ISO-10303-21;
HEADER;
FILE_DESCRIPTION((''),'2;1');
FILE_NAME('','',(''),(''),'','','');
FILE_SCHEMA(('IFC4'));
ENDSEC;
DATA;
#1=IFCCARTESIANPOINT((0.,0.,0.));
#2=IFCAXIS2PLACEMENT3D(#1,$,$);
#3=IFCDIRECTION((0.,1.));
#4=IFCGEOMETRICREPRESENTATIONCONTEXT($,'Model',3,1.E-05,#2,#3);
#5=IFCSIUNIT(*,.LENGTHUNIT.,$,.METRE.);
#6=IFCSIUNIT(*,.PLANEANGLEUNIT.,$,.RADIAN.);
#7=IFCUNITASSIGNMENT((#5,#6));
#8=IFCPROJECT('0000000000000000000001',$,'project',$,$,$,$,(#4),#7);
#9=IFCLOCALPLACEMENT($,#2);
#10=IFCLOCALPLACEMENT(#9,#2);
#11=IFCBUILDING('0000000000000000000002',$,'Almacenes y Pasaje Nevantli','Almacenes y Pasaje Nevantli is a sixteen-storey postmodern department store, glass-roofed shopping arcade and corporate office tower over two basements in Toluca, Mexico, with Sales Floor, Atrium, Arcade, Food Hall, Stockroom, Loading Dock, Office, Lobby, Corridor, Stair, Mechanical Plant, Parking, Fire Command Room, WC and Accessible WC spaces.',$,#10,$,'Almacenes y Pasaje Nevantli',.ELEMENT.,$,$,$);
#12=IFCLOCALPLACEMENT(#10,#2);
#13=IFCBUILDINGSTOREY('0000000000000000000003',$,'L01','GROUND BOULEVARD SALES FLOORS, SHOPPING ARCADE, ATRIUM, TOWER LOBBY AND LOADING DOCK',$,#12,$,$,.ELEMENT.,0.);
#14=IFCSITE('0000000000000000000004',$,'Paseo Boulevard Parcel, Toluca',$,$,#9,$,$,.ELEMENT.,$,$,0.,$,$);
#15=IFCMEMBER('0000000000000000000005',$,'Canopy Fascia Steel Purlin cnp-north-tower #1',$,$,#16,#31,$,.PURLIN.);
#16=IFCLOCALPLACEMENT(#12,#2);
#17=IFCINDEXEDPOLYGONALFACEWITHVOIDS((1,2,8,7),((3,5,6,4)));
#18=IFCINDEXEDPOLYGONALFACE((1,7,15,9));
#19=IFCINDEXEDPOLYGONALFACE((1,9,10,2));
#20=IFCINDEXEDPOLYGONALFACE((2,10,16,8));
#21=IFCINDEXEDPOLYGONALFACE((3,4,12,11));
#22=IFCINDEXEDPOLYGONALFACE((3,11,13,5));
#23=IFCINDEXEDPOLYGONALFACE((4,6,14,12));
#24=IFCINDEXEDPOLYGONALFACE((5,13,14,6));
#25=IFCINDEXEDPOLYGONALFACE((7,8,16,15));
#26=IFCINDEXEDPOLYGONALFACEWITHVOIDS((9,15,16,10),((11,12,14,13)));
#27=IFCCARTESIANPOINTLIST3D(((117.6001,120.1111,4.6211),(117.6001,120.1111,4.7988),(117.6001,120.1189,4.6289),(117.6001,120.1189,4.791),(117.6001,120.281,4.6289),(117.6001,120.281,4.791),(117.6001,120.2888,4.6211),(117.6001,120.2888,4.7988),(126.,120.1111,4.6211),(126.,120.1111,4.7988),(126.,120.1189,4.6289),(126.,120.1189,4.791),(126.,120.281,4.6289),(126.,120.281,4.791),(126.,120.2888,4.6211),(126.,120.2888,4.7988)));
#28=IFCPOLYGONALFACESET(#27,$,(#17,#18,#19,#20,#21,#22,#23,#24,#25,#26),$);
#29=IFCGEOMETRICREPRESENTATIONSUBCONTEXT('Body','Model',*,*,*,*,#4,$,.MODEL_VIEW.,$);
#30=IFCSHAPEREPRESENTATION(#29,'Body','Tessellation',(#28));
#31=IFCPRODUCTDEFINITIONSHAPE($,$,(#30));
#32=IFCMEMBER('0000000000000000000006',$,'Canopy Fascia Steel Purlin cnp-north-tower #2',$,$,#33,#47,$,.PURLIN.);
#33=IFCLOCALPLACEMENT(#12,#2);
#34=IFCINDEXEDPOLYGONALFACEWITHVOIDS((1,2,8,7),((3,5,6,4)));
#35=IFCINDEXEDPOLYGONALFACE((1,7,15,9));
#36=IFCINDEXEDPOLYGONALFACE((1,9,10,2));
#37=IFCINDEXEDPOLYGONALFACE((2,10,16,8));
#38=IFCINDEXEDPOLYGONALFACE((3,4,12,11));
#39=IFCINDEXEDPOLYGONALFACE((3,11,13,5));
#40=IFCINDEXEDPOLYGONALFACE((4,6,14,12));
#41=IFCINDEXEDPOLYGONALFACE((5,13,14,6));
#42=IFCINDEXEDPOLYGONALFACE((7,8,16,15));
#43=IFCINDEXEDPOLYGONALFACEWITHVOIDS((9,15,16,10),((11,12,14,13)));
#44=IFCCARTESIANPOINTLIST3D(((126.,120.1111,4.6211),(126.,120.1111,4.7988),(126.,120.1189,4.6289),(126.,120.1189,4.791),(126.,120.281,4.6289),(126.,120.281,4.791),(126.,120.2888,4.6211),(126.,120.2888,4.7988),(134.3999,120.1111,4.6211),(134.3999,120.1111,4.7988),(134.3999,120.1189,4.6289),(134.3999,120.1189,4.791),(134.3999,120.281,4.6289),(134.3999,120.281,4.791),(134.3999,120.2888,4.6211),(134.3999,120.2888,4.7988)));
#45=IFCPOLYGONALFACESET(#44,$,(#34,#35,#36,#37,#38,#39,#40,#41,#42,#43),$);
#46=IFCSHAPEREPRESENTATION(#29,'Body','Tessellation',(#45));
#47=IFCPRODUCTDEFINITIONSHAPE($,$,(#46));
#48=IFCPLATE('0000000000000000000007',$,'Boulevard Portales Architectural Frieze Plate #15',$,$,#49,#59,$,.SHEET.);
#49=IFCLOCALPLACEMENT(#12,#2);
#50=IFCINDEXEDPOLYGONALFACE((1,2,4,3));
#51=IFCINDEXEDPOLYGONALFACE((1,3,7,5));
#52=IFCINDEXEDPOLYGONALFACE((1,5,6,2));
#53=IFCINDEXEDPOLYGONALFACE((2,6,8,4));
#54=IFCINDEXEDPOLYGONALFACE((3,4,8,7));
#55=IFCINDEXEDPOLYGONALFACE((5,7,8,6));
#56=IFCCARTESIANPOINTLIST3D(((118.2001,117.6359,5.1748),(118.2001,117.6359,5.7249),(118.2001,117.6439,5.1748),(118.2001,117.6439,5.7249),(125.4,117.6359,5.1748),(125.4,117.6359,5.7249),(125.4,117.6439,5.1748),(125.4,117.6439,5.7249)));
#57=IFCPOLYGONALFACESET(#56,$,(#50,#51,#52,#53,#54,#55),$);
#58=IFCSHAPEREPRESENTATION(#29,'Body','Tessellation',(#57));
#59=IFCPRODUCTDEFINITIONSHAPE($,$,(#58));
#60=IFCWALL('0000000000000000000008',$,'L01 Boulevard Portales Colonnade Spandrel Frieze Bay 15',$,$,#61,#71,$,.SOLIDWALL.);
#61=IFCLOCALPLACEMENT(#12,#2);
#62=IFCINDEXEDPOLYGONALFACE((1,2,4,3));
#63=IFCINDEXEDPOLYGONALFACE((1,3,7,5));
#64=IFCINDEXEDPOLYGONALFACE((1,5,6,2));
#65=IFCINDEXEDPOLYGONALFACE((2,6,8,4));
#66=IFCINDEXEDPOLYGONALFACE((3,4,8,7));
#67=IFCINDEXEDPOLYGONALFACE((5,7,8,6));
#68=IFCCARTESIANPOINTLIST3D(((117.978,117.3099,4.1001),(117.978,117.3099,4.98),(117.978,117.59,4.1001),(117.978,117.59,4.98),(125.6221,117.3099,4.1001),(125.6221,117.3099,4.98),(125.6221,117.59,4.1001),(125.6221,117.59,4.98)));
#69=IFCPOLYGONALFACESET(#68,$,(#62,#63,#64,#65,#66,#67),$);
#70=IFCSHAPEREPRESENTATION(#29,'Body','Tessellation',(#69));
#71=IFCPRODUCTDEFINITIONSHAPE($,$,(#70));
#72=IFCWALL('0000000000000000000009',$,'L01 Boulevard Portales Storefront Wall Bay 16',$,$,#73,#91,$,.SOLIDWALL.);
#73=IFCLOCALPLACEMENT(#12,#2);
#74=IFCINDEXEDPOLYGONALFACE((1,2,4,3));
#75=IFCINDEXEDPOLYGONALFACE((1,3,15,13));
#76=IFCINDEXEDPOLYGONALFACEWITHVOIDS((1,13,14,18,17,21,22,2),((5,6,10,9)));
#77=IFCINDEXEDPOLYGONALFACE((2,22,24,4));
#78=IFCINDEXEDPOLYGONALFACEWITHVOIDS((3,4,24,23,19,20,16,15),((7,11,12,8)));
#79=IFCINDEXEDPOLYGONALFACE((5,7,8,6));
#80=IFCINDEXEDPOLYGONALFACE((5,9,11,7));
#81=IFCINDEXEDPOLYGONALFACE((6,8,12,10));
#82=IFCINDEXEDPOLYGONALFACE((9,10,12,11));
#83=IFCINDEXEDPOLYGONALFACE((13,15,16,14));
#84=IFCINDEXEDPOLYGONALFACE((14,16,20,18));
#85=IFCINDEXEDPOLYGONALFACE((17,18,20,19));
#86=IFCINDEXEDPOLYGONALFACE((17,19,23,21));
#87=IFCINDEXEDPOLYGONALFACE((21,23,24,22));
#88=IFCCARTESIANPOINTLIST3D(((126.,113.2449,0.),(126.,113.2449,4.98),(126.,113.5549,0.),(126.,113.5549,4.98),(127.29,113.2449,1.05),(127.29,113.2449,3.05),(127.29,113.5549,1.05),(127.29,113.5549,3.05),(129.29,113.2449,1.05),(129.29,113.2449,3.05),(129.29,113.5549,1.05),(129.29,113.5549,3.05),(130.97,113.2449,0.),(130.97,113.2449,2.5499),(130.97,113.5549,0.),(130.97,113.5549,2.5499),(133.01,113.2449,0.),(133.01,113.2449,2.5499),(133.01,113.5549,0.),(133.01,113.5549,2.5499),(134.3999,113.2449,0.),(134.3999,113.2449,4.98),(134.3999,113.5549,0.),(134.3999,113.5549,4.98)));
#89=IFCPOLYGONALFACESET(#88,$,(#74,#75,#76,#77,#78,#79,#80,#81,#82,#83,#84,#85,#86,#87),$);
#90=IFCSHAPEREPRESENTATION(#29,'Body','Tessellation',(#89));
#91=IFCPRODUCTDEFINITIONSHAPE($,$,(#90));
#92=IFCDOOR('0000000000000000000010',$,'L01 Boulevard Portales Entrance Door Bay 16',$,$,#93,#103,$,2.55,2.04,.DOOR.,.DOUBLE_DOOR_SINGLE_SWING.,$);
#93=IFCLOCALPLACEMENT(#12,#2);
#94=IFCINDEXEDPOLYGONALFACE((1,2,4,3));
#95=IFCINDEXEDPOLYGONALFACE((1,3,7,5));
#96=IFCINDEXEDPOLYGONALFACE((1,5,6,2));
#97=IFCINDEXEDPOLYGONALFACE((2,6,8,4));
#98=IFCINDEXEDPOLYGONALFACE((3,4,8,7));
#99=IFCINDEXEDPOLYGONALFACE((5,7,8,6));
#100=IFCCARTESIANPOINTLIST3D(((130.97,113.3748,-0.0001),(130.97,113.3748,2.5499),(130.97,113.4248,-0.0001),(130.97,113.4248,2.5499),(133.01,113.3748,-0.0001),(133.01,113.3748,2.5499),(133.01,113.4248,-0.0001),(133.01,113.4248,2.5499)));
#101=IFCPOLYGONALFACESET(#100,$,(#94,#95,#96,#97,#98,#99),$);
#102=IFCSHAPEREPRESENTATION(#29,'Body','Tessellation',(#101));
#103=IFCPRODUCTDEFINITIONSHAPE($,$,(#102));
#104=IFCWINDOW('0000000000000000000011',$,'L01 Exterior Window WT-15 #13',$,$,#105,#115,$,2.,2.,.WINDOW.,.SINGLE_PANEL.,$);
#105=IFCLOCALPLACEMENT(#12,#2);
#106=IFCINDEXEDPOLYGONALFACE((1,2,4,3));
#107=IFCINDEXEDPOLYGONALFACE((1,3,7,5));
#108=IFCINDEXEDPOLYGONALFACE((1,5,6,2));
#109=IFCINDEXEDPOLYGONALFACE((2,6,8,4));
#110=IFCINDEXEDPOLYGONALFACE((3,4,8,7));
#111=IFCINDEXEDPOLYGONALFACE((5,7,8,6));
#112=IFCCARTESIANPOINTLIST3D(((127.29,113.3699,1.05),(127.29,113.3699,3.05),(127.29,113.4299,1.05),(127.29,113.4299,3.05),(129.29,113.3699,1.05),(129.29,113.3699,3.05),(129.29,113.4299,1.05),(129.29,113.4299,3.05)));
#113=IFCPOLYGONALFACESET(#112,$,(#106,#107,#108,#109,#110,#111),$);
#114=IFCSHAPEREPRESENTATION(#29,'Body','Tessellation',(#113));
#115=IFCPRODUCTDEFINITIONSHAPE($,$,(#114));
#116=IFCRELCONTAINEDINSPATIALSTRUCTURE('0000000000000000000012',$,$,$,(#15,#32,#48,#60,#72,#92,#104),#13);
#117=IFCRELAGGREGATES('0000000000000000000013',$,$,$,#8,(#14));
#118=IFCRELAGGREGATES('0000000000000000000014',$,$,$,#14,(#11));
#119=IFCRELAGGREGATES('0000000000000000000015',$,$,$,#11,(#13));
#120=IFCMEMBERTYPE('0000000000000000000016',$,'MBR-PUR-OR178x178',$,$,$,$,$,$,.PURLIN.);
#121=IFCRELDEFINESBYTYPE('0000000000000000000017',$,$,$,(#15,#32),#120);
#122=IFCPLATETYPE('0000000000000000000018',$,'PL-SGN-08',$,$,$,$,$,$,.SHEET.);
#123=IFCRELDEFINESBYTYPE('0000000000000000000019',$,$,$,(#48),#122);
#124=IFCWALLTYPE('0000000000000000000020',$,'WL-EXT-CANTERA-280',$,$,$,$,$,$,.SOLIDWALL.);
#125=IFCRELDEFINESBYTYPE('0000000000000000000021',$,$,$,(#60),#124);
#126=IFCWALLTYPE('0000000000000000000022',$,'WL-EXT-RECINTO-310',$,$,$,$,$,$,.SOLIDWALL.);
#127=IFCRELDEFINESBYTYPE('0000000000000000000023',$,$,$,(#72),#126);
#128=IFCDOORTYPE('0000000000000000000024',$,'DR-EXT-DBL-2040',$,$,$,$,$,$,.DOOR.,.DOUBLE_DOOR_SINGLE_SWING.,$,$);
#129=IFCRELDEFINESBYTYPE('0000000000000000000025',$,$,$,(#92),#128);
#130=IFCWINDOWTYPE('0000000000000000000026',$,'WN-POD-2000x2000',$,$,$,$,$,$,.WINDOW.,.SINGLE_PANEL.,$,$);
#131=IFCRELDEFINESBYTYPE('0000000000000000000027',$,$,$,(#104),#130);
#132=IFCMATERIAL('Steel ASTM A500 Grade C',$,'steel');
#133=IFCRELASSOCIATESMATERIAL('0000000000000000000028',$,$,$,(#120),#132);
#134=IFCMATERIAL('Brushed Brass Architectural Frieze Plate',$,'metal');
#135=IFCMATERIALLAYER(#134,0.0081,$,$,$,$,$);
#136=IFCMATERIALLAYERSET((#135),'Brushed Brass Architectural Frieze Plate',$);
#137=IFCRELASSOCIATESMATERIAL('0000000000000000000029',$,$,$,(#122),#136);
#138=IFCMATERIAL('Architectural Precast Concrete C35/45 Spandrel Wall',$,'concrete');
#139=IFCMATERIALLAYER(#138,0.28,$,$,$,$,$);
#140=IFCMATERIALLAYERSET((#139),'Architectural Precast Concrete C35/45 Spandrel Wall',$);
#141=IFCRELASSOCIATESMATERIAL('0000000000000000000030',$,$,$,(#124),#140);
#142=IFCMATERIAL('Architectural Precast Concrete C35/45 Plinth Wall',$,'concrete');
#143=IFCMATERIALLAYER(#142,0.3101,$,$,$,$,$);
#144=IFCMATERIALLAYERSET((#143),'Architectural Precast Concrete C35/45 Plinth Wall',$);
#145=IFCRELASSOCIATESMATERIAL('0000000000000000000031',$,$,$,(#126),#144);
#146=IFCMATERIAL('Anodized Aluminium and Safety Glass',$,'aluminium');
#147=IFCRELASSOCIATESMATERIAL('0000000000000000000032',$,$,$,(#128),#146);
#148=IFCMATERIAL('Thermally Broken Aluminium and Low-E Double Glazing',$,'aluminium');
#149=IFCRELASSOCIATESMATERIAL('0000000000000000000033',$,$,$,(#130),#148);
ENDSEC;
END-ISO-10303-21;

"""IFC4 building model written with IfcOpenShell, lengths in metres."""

from ifc_helpers import new_model, si_unit, direction, frame, frame_2d, origin, origin_2d, place, context, subcontext, project, spatial, rectangle, hollow_rectangle, extrude, material, layer, layer_set, material_profile, profile_set, type_object, element, fill, save


model = new_model("IFC4")

# Units and contexts
model_context = context("Model", 3, precision=1e-05, world=origin(), true_north=direction((0.0, 1.0)))
body_context = subcontext(model_context, "Body", "Model", "MODEL_VIEW")
ifc_project = project(units=[si_unit("LENGTHUNIT", "METRE"), si_unit("PLANEANGLEUNIT", "RADIAN")], contexts=[model_context])

# Site, building, storey
site_placement = place(None, origin())
site = spatial("IfcSite", under=ifc_project, at=site_placement, Name="Paseo Boulevard Parcel, Toluca", CompositionType="ELEMENT", RefElevation=0.0)
building_placement = place(site_placement, origin())
building = spatial("IfcBuilding", under=site, at=building_placement, Name="Almacenes y Pasaje Nevantli", Description="Almacenes y Pasaje Nevantli is a sixteen-storey postmodern department store, glass-roofed shopping arcade and corporate office tower over two basements in Toluca, Mexico, with Sales Floor, Atrium, Arcade, Food Hall, Stockroom, Loading Dock, Office, Lobby, Corridor, Stair, Mechanical Plant, Parking, Fire Command Room, WC and Accessible WC spaces.", LongName="Almacenes y Pasaje Nevantli", CompositionType="ELEMENT")
storey_placement = place(building_placement, origin())
storey = spatial("IfcBuildingStorey", under=building, at=storey_placement, Name="L01", Description="GROUND BOULEVARD SALES FLOORS, SHOPPING ARCADE, ATRIUM, TOWER LOBBY AND LOADING DOCK", CompositionType="ELEMENT", Elevation=0.0)

# Members
ifc_material_1 = material(Name="Steel ASTM A500 Grade C", Category="steel")
ifc_material_profile_1 = material_profile(ifc_material_1, hollow_rectangle(XDim=0.1777, YDim=0.1777, WallThickness=0.0078, at=origin_2d()), Name="OR 178x178x7.9")
ifc_profile_set_1 = profile_set([ifc_material_profile_1], Name="Steel ASTM A500 Grade C")
member_type = type_object("IfcMemberType", Name="MBR-PUR-OR178x178", PredefinedType="PURLIN", material=ifc_profile_set_1)
for number, where, z_axis, x_axis, name in (
    (1, (117.6001, 120.2, 4.71), (1.0, 0.0, 0.0), (0.0, 1.0, 0.0), "Canopy Fascia Steel Purlin cnp-north-tower #1"),
    (2, (126.0, 120.2, 4.71), (1.0, 0.0, 0.0), (0.0, 1.0, 0.0), "Canopy Fascia Steel Purlin cnp-north-tower #2"),
):
    element("IfcMember", number, at=place(storey_placement, frame(where, z_axis=z_axis, x_axis=x_axis)), inside=storey, type_object=member_type, Name=name, PredefinedType="PURLIN", context=body_context, shape_type="SweptSolid", body=[
        extrude(hollow_rectangle(XDim=0.1777, YDim=0.1777, WallThickness=0.0078, at=origin_2d()), origin(), (0.0, 0.0, 1.0), 8.3999),
    ])

# Plate
ifc_material_2 = material(Name="Brushed Brass Architectural Frieze Plate", Category="metal")
ifc_layer_1 = layer(ifc_material_2, 0.0081)
ifc_layer_set_1 = layer_set([ifc_layer_1], Name="Brushed Brass Architectural Frieze Plate")
plate_type = type_object("IfcPlateType", Name="PL-SGN-08", PredefinedType="SHEET", material=ifc_layer_set_1)
plate_placement = place(storey_placement, frame((121.8, 117.6399, 5.1748), z_axis=(0.0, 0.0, 1.0), x_axis=(1.0, 0.0, 0.0)))
element("IfcPlate", 3, at=plate_placement, inside=storey, type_object=plate_type, Name="Boulevard Portales Architectural Frieze Plate #15", PredefinedType="SHEET", context=body_context, shape_type="SweptSolid", body=[
    extrude(rectangle(XDim=7.2, YDim=0.0081, at=origin_2d()), origin(), (0.0, 0.0, 1.0), 0.55),
])

# Wall
ifc_material_3 = material(Name="Architectural Precast Concrete C35/45 Spandrel Wall", Category="concrete")
ifc_layer_2 = layer(ifc_material_3, 0.28)
ifc_layer_set_2 = layer_set([ifc_layer_2], Name="Architectural Precast Concrete C35/45 Spandrel Wall")
wall_type_1 = type_object("IfcWallType", Name="WL-EXT-CANTERA-280", PredefinedType="SOLIDWALL", material=ifc_layer_set_2)
wall_1_placement = place(storey_placement, frame((117.978, 117.45, 4.1001), z_axis=(0.0, 0.0, 1.0), x_axis=(1.0, 0.0, 0.0)))
element("IfcWall", 4, at=wall_1_placement, inside=storey, type_object=wall_type_1, Name="L01 Boulevard Portales Colonnade Spandrel Frieze Bay 15", PredefinedType="SOLIDWALL", context=body_context, shape_type="SweptSolid", body=[
    extrude(rectangle(XDim=7.644, YDim=0.28, at=frame_2d((3.822, 0.0))), origin(), (0.0, 0.0, 1.0), 0.8799),
])

# Wall, openings, door, window
ifc_material_4 = material(Name="Architectural Precast Concrete C35/45 Plinth Wall", Category="concrete")
ifc_layer_3 = layer(ifc_material_4, 0.3101)
ifc_layer_set_3 = layer_set([ifc_layer_3], Name="Architectural Precast Concrete C35/45 Plinth Wall")
wall_type_2 = type_object("IfcWallType", Name="WL-EXT-RECINTO-310", PredefinedType="SOLIDWALL", material=ifc_layer_set_3)
wall_2_placement = place(storey_placement, frame((126.0, 113.3999, 0.0), z_axis=(0.0, 0.0, 1.0), x_axis=(1.0, 0.0, 0.0)))
wall_2 = element("IfcWall", 5, at=wall_2_placement, inside=storey, type_object=wall_type_2, Name="L01 Boulevard Portales Storefront Wall Bay 16", PredefinedType="SOLIDWALL", context=body_context, shape_type="SweptSolid", body=[
    extrude(rectangle(XDim=8.3999, YDim=0.3101, at=frame_2d((4.2, 0.0))), origin(), (0.0, 0.0, 1.0), 4.98),
])
opening_1_placement = place(wall_2_placement, frame((1.29, 0.0, 1.05)))
opening_1 = element("IfcOpeningElement", 6, at=opening_1_placement, cuts=wall_2, PredefinedType="OPENING", context=body_context, shape_type="SweptSolid", body=[
    extrude(rectangle(XDim=2.0, YDim=2.0, at=frame_2d((1.0, 1.0))), frame((0.0, 0.165, 0.0), z_axis=(0.0, -1.0, 0.0), x_axis=(1.0, 0.0, 0.0)), (0.0, 0.0, 1.0), 0.3301),
])
opening_2_placement = place(wall_2_placement, frame((4.97, 0.0, 0.0)))
opening_2 = element("IfcOpeningElement", 7, at=opening_2_placement, cuts=wall_2, PredefinedType="OPENING", context=body_context, shape_type="SweptSolid", body=[
    extrude(rectangle(XDim=2.04, YDim=2.55, at=frame_2d((1.02, 1.2749))), frame((0.0, 0.165, 0.0), z_axis=(0.0, -1.0, 0.0), x_axis=(1.0, 0.0, 0.0)), (0.0, 0.0, 1.0), 0.3301),
])
ifc_material_5 = material(Name="Anodized Aluminium and Safety Glass", Category="aluminium")
door_type = type_object("IfcDoorType", Name="DR-EXT-DBL-2040", OperationType="DOUBLE_DOOR_SINGLE_SWING", PredefinedType="DOOR", material=ifc_material_5)
door_placement = place(opening_2_placement, origin())
door = element("IfcDoor", 8, at=door_placement, inside=storey, type_object=door_type, Name="L01 Boulevard Portales Entrance Door Bay 16", OperationType="DOUBLE_DOOR_SINGLE_SWING", OverallHeight=2.55, OverallWidth=2.04, PredefinedType="DOOR", context=body_context, shape_type="SweptSolid", body=[
    extrude(rectangle(XDim=2.04, YDim=2.55, at=frame_2d((1.02, 1.2749))), frame((0.0, 0.0249, 0.0), z_axis=(0.0, -1.0, 0.0), x_axis=(1.0, 0.0, 0.0)), (0.0, 0.0, 1.0), 0.05),
])
fill(opening_2, door)
ifc_material_6 = material(Name="Thermally Broken Aluminium and Low-E Double Glazing", Category="aluminium")
window_type = type_object("IfcWindowType", Name="WN-POD-2000x2000", PartitioningType="SINGLE_PANEL", PredefinedType="WINDOW", material=ifc_material_6)
window_placement = place(opening_1_placement, origin())
window = element("IfcWindow", 9, at=window_placement, inside=storey, type_object=window_type, Name="L01 Exterior Window WT-15 #13", OverallHeight=2.0, OverallWidth=2.0, PartitioningType="SINGLE_PANEL", PredefinedType="WINDOW", context=body_context, shape_type="SweptSolid", body=[
    extrude(rectangle(XDim=2.0, YDim=2.0, at=frame_2d((1.0, 1.0))), frame((0.0, 0.03, 0.0), z_axis=(0.0, -1.0, 0.0), x_axis=(1.0, 0.0, 0.0)), (0.0, 0.0, 1.0), 0.0601),
])
fill(opening_1, window)

save(model, "model.ifc")
